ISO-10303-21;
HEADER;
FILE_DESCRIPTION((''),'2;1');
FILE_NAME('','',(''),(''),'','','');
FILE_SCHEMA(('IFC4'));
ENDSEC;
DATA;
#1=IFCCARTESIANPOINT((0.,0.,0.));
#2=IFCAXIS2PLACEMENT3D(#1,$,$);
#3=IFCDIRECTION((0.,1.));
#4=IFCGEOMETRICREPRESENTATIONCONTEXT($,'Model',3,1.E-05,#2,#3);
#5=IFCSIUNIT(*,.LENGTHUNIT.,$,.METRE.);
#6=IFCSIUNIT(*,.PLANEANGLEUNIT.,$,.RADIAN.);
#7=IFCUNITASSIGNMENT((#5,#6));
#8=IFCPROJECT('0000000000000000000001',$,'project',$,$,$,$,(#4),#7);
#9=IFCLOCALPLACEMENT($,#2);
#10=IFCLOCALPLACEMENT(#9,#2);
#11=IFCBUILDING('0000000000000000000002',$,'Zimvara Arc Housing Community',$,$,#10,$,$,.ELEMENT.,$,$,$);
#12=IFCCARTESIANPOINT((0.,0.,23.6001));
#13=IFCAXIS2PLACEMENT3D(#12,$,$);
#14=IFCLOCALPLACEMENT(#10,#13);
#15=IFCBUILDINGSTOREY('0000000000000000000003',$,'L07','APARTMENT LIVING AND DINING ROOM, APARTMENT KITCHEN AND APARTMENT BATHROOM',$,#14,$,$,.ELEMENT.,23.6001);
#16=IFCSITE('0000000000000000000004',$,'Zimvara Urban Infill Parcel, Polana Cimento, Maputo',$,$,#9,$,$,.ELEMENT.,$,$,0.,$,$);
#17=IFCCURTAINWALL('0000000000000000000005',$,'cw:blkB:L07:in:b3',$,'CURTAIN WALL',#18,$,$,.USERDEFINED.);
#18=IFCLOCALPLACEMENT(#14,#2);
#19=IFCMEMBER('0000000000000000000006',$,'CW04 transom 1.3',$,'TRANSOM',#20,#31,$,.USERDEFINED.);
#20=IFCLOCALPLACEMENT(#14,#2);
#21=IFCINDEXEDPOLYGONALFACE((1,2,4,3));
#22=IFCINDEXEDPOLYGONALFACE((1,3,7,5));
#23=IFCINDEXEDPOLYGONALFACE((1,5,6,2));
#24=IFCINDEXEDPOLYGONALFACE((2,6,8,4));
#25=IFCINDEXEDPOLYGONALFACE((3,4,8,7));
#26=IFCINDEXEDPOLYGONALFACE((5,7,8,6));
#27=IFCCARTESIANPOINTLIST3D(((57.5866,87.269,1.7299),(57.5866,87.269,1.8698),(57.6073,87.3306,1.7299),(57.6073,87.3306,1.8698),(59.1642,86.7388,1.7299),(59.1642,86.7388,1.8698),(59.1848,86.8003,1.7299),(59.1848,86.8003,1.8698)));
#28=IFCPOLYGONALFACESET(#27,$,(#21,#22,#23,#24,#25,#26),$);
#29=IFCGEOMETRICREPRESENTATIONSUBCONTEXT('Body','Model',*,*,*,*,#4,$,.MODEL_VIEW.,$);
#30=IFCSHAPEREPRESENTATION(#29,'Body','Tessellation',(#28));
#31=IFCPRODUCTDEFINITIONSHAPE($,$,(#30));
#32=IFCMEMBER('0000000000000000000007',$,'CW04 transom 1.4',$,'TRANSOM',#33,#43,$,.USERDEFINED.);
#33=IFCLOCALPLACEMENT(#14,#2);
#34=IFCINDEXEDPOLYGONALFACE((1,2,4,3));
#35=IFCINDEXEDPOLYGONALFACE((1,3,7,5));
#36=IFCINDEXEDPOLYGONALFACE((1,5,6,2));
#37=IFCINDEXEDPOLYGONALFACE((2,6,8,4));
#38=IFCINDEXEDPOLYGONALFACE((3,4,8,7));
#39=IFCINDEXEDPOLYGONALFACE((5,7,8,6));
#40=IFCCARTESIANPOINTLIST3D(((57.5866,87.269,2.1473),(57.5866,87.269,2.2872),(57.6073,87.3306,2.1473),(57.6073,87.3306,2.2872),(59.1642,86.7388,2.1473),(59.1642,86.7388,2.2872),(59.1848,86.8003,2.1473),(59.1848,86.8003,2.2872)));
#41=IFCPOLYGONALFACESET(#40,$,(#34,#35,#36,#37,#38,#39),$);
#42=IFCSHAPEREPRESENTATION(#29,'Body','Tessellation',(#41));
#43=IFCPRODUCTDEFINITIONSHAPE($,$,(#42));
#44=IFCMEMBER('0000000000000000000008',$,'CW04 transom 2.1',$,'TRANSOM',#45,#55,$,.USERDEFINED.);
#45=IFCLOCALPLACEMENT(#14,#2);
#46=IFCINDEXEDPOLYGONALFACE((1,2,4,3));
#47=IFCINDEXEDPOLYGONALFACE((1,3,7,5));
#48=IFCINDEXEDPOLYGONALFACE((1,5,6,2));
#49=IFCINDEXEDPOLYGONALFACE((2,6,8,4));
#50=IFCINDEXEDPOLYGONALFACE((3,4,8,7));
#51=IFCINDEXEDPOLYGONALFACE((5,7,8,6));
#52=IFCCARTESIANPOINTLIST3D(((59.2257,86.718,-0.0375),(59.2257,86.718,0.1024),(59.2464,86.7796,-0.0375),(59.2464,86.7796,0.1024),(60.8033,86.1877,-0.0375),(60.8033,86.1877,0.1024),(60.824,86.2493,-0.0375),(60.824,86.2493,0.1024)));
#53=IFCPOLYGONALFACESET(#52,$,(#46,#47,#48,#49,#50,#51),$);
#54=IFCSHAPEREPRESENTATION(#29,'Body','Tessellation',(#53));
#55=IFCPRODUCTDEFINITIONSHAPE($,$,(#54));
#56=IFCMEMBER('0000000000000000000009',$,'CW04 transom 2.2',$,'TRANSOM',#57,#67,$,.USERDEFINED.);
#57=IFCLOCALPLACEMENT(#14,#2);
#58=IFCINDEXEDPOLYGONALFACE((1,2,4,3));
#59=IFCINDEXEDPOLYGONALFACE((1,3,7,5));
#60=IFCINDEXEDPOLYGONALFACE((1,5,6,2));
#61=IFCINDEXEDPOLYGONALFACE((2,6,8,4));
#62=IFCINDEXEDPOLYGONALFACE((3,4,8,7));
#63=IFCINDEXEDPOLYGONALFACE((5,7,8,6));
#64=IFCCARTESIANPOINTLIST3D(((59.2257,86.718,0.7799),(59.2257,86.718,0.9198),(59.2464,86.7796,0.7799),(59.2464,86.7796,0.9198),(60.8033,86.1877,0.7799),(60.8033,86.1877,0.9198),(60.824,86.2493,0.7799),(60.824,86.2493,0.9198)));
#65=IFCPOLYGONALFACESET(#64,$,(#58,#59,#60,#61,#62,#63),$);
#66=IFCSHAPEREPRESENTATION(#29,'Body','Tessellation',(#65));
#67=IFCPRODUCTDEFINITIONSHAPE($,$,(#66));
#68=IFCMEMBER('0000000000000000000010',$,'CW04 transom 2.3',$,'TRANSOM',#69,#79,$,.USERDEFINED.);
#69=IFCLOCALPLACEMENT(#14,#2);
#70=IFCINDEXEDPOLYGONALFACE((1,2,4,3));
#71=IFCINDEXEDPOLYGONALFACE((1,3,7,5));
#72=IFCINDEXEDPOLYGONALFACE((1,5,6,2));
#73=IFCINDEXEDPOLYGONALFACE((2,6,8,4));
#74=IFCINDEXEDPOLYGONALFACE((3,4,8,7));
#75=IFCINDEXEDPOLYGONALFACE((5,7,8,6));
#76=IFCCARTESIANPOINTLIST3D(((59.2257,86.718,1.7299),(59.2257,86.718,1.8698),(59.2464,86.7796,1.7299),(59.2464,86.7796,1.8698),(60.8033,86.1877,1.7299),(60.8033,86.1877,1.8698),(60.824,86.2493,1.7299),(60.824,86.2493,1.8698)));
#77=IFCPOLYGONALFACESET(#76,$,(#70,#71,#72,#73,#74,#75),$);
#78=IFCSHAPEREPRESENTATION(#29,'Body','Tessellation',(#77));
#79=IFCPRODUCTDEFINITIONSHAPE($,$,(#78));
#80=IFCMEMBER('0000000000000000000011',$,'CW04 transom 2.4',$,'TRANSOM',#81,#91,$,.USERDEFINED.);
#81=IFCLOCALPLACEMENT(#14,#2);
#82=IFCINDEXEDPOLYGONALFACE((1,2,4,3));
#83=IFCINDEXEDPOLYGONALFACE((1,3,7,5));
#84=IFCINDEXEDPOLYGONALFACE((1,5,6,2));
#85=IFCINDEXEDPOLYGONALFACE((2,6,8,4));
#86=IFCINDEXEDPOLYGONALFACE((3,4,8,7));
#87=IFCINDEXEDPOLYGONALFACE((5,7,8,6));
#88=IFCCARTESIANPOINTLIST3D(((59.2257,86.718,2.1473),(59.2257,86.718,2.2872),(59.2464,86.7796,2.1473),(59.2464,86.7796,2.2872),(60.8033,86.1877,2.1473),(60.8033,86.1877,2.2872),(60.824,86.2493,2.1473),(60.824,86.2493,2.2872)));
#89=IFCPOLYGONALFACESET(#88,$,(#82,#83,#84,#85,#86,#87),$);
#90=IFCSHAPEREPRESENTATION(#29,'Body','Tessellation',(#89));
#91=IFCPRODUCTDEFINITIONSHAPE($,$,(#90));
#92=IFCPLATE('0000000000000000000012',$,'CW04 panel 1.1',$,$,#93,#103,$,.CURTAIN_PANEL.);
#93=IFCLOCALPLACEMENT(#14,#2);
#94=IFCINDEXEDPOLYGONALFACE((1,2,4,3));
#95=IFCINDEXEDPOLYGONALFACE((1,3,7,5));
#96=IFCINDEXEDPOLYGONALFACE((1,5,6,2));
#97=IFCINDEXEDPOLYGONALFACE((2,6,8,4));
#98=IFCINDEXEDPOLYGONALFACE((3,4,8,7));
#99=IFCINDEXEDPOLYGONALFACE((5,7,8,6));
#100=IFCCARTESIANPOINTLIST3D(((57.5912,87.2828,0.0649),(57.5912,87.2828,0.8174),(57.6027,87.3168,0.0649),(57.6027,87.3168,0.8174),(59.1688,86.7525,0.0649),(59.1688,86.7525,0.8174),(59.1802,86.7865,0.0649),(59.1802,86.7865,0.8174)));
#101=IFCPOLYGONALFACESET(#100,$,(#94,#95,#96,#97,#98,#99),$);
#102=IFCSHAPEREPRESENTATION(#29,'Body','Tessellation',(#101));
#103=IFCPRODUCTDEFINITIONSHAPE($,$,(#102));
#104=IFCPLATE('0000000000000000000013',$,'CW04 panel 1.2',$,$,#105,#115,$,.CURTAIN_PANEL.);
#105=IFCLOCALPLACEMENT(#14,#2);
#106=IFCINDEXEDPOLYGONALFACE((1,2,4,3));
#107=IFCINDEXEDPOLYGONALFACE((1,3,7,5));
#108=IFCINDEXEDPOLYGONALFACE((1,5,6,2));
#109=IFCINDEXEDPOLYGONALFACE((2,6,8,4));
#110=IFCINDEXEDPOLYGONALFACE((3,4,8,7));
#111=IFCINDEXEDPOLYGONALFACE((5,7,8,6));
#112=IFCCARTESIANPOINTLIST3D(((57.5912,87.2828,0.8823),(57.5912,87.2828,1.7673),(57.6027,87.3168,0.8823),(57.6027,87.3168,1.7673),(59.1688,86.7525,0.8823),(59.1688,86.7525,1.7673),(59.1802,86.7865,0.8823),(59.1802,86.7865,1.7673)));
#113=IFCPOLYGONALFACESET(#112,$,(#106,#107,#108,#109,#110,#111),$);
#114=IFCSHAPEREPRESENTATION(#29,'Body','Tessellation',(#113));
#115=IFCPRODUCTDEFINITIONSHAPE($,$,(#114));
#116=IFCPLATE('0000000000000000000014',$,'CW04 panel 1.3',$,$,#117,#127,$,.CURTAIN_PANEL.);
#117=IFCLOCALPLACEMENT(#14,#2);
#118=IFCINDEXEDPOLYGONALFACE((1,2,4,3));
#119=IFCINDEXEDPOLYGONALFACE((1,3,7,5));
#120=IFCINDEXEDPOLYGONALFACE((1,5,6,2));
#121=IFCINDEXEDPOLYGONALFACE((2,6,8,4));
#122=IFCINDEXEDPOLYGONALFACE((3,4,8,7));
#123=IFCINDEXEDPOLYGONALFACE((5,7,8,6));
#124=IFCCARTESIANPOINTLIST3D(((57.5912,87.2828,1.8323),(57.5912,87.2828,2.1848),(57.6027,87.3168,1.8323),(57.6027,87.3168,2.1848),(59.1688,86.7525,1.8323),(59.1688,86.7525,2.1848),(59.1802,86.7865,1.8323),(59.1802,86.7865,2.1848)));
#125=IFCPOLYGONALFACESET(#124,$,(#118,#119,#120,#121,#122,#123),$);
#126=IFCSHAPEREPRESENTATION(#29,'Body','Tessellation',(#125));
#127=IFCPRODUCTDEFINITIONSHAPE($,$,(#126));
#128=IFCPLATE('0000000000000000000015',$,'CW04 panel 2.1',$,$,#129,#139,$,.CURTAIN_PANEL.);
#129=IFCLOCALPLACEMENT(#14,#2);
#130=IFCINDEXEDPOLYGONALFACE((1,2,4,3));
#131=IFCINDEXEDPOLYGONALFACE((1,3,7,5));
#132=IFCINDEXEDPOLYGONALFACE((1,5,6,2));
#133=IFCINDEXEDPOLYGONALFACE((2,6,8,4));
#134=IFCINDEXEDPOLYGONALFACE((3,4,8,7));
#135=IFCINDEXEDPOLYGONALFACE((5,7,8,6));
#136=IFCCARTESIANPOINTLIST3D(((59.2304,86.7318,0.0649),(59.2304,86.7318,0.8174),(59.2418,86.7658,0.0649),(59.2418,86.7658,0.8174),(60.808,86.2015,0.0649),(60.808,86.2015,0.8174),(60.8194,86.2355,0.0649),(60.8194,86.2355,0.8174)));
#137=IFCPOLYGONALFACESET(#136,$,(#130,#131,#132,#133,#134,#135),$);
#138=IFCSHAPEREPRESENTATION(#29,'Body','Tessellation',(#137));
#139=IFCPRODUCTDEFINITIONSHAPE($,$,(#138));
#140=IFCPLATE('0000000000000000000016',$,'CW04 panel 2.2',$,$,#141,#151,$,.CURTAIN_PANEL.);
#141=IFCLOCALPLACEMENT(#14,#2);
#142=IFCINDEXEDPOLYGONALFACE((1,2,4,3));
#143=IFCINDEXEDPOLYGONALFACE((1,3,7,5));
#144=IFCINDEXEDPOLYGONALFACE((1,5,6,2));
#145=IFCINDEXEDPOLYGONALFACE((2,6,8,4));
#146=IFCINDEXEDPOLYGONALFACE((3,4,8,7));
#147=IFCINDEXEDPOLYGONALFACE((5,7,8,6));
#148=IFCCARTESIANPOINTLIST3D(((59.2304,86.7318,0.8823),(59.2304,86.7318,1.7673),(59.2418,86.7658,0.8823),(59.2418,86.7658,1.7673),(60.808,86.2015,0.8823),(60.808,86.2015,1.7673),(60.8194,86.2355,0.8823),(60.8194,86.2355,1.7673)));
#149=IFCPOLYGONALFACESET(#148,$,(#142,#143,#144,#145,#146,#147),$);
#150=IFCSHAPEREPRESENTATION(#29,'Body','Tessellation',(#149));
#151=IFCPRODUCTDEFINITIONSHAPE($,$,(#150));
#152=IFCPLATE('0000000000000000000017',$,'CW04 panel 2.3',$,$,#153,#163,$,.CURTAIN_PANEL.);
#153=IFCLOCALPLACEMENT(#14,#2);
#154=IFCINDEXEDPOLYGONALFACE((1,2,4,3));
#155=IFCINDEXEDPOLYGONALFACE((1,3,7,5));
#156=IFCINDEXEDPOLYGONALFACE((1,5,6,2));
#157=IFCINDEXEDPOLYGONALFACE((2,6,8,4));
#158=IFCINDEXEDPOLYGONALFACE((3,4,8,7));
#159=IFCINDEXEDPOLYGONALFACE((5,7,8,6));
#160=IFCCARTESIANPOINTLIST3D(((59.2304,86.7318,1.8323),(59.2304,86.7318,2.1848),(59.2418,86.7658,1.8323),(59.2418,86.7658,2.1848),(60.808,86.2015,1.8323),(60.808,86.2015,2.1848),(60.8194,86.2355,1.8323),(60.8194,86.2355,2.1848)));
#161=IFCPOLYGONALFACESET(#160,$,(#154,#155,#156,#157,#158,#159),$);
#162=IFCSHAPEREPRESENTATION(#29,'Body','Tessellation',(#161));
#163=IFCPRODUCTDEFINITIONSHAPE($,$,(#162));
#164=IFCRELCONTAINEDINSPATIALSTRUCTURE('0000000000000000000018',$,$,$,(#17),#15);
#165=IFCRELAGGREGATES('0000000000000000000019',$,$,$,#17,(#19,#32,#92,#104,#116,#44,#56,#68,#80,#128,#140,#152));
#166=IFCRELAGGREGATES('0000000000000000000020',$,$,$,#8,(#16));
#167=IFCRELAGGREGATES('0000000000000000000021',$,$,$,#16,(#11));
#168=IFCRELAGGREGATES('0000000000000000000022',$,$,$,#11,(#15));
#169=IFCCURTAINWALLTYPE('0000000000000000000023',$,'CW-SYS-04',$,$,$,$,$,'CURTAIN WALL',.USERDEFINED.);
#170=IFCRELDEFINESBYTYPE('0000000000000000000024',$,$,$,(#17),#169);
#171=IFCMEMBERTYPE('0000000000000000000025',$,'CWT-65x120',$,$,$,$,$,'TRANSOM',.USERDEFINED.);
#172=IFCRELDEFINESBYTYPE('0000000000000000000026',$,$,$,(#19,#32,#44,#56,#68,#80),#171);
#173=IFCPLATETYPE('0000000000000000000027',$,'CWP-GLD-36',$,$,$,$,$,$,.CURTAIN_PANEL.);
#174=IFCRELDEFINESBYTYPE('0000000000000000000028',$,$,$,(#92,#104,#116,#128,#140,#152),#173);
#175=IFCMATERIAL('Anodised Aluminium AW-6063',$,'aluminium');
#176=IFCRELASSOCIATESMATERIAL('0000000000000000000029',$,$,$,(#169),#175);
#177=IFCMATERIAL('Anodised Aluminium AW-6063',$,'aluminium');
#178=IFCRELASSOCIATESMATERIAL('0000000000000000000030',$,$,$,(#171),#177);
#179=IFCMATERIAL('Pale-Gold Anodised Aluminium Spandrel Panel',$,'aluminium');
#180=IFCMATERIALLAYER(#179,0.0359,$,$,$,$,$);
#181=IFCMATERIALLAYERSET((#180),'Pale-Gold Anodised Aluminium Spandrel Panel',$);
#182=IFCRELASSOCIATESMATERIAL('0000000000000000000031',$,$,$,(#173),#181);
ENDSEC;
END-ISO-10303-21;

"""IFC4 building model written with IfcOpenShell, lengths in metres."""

from ifc_helpers import new_model, si_unit, direction, frame, origin, origin_2d, place, context, subcontext, project, spatial, rectangle, extrude, material, layer, layer_set, material_profile, profile_set, type_object, element, aggregate, save


model = new_model("IFC4")

# Units and contexts
model_context = context("Model", 3, precision=1e-05, world=origin(), true_north=direction((0.0, 1.0)))
body_context = subcontext(model_context, "Body", "Model", "MODEL_VIEW")
ifc_project = project(units=[si_unit("LENGTHUNIT", "METRE"), si_unit("PLANEANGLEUNIT", "RADIAN")], contexts=[model_context])

# Site, building, storey
site_placement = place(None, origin())
site = spatial("IfcSite", under=ifc_project, at=site_placement, Name="Zimvara Urban Infill Parcel, Polana Cimento, Maputo", CompositionType="ELEMENT", RefElevation=0.0)
building_placement = place(site_placement, origin())
building = spatial("IfcBuilding", under=site, at=building_placement, Name="Zimvara Arc Housing Community", CompositionType="ELEMENT")
storey_placement = place(building_placement, frame((0.0, 0.0, 23.6001)))
storey = spatial("IfcBuildingStorey", under=building, at=storey_placement, Name="L07", Description="APARTMENT LIVING AND DINING ROOM, APARTMENT KITCHEN AND APARTMENT BATHROOM", CompositionType="ELEMENT", Elevation=23.6001)

# Curtain wall, members, plates
ifc_material_1 = material(Name="Anodised Aluminium AW-6063", Category="aluminium")
curtain_wall_type = type_object("IfcCurtainWallType", Name="CW-SYS-04", ElementType="CURTAIN WALL", PredefinedType="USERDEFINED", material=ifc_material_1)
curtain_wall_placement = place(storey_placement, origin())
curtain_wall = element("IfcCurtainWall", 1, at=curtain_wall_placement, inside=storey, type_object=curtain_wall_type, Name="cw:blkB:L07:in:b3", ObjectType="CURTAIN WALL", PredefinedType="USERDEFINED")
ifc_material_2 = material(Name="Anodised Aluminium AW-6063", Category="aluminium")
ifc_material_profile_1 = material_profile(ifc_material_2, rectangle(XDim=0.0649, YDim=0.1399, at=origin_2d()), Name="ALU 65x140")
ifc_profile_set_1 = profile_set([ifc_material_profile_1], Name="Anodised Aluminium AW-6063")
member_type_1 = type_object("IfcMemberType", Name="CWT-65x120", ElementType="TRANSOM", PredefinedType="USERDEFINED", material=ifc_profile_set_1)
member_1_placement = place(storey_placement, frame((57.5969, 87.2998, 1.7998), z_axis=(0.947888, -0.318603, 0.0), x_axis=(0.318603, 0.947888, 0.0)))
member_1 = element("IfcMember", 2, at=member_1_placement, type_object=member_type_1, Name="CW04 transom 1.3", ObjectType="TRANSOM", PredefinedType="USERDEFINED", context=body_context, shape_type="SweptSolid", body=[
    extrude(rectangle(XDim=0.0649, YDim=0.1399, at=origin_2d()), origin(), (0.0, 0.0, 1.0), 1.6643),
])
member_2_placement = place(storey_placement, frame((57.5969, 87.2998, 2.2173), z_axis=(0.947888, -0.318603, 0.0), x_axis=(0.318603, 0.947888, 0.0)))
member_2 = element("IfcMember", 3, at=member_2_placement, type_object=member_type_1, Name="CW04 transom 1.4", ObjectType="TRANSOM", PredefinedType="USERDEFINED", context=body_context, shape_type="SweptSolid", body=[
    extrude(rectangle(XDim=0.0649, YDim=0.1399, at=origin_2d()), origin(), (0.0, 0.0, 1.0), 1.6643),
])
member_3_placement = place(storey_placement, frame((59.2361, 86.7488, 0.0325), z_axis=(0.947888, -0.318603, 0.0), x_axis=(0.318603, 0.947888, 0.0)))
member_3 = element("IfcMember", 4, at=member_3_placement, type_object=member_type_1, Name="CW04 transom 2.1", ObjectType="TRANSOM", PredefinedType="USERDEFINED", context=body_context, shape_type="SweptSolid", body=[
    extrude(rectangle(XDim=0.0649, YDim=0.1399, at=origin_2d()), origin(), (0.0, 0.0, 1.0), 1.6643),
])
member_4_placement = place(storey_placement, frame((59.2361, 86.7488, 0.8499), z_axis=(0.947888, -0.318603, 0.0), x_axis=(0.318603, 0.947888, 0.0)))
member_4 = element("IfcMember", 5, at=member_4_placement, type_object=member_type_1, Name="CW04 transom 2.2", ObjectType="TRANSOM", PredefinedType="USERDEFINED", context=body_context, shape_type="SweptSolid", body=[
    extrude(rectangle(XDim=0.0649, YDim=0.1399, at=origin_2d()), origin(), (0.0, 0.0, 1.0), 1.6643),
])
member_5_placement = place(storey_placement, frame((59.2361, 86.7488, 1.7998), z_axis=(0.947888, -0.318603, 0.0), x_axis=(0.318603, 0.947888, 0.0)))
member_5 = element("IfcMember", 6, at=member_5_placement, type_object=member_type_1, Name="CW04 transom 2.3", ObjectType="TRANSOM", PredefinedType="USERDEFINED", context=body_context, shape_type="SweptSolid", body=[
    extrude(rectangle(XDim=0.0649, YDim=0.1399, at=origin_2d()), origin(), (0.0, 0.0, 1.0), 1.6643),
])
member_6_placement = place(storey_placement, frame((59.2361, 86.7488, 2.2173), z_axis=(0.947888, -0.318603, 0.0), x_axis=(0.318603, 0.947888, 0.0)))
member_6 = element("IfcMember", 7, at=member_6_placement, type_object=member_type_1, Name="CW04 transom 2.4", ObjectType="TRANSOM", PredefinedType="USERDEFINED", context=body_context, shape_type="SweptSolid", body=[
    extrude(rectangle(XDim=0.0649, YDim=0.1399, at=origin_2d()), origin(), (0.0, 0.0, 1.0), 1.6643),
])
ifc_material_3 = material(Name="Pale-Gold Anodised Aluminium Spandrel Panel", Category="aluminium")
ifc_layer_1 = layer(ifc_material_3, 0.0359)
ifc_layer_set_1 = layer_set([ifc_layer_1], Name="Pale-Gold Anodised Aluminium Spandrel Panel")
plate_type = type_object("IfcPlateType", Name="CWP-GLD-36", PredefinedType="CURTAIN_PANEL", material=ifc_layer_set_1)
plate_1_placement = place(storey_placement, frame((58.3857, 87.0347, 0.0649), z_axis=(0.0, 0.0, 1.0), x_axis=(0.947879, -0.31863, 0.0)))
plate_1 = element("IfcPlate", 8, at=plate_1_placement, type_object=plate_type, Name="CW04 panel 1.1", PredefinedType="CURTAIN_PANEL", context=body_context, shape_type="SweptSolid", body=[
    extrude(rectangle(XDim=1.6643, YDim=0.0359, at=origin_2d()), origin(), (0.0, 0.0, 1.0), 0.7524),
])
plate_2_placement = place(storey_placement, frame((58.3857, 87.0347, 0.8823), z_axis=(0.0, 0.0, 1.0), x_axis=(0.947879, -0.31863, 0.0)))
plate_2 = element("IfcPlate", 9, at=plate_2_placement, type_object=plate_type, Name="CW04 panel 1.2", PredefinedType="CURTAIN_PANEL", context=body_context, shape_type="SweptSolid", body=[
    extrude(rectangle(XDim=1.6643, YDim=0.0359, at=origin_2d()), origin(), (0.0, 0.0, 1.0), 0.885),
])
plate_3_placement = place(storey_placement, frame((58.3857, 87.0347, 1.8323), z_axis=(0.0, 0.0, 1.0), x_axis=(0.947879, -0.31863, 0.0)))
plate_3 = element("IfcPlate", 10, at=plate_3_placement, type_object=plate_type, Name="CW04 panel 1.3", PredefinedType="CURTAIN_PANEL", context=body_context, shape_type="SweptSolid", body=[
    extrude(rectangle(XDim=1.6643, YDim=0.0359, at=origin_2d()), origin(), (0.0, 0.0, 1.0), 0.3525),
])
plate_4_placement = place(storey_placement, frame((60.0249, 86.4836, 0.0649), z_axis=(0.0, 0.0, 1.0), x_axis=(0.947879, -0.31863, 0.0)))
plate_4 = element("IfcPlate", 11, at=plate_4_placement, type_object=plate_type, Name="CW04 panel 2.1", PredefinedType="CURTAIN_PANEL", context=body_context, shape_type="SweptSolid", body=[
    extrude(rectangle(XDim=1.6643, YDim=0.0359, at=origin_2d()), origin(), (0.0, 0.0, 1.0), 0.7524),
])
plate_5_placement = place(storey_placement, frame((60.0249, 86.4836, 0.8823), z_axis=(0.0, 0.0, 1.0), x_axis=(0.947879, -0.31863, 0.0)))
plate_5 = element("IfcPlate", 12, at=plate_5_placement, type_object=plate_type, Name="CW04 panel 2.2", PredefinedType="CURTAIN_PANEL", context=body_context, shape_type="SweptSolid", body=[
    extrude(rectangle(XDim=1.6643, YDim=0.0359, at=origin_2d()), origin(), (0.0, 0.0, 1.0), 0.885),
])
plate_6_placement = place(storey_placement, frame((60.0249, 86.4836, 1.8323), z_axis=(0.0, 0.0, 1.0), x_axis=(0.947879, -0.31863, 0.0)))
plate_6 = element("IfcPlate", 13, at=plate_6_placement, type_object=plate_type, Name="CW04 panel 2.3", PredefinedType="CURTAIN_PANEL", context=body_context, shape_type="SweptSolid", body=[
    extrude(rectangle(XDim=1.6643, YDim=0.0359, at=origin_2d()), origin(), (0.0, 0.0, 1.0), 0.3525),
])
aggregate(curtain_wall, [member_1, member_2, plate_1, plate_2, plate_3, member_3, member_4, member_5, member_6, plate_4, plate_5, plate_6])

save(model, "model.ifc")
